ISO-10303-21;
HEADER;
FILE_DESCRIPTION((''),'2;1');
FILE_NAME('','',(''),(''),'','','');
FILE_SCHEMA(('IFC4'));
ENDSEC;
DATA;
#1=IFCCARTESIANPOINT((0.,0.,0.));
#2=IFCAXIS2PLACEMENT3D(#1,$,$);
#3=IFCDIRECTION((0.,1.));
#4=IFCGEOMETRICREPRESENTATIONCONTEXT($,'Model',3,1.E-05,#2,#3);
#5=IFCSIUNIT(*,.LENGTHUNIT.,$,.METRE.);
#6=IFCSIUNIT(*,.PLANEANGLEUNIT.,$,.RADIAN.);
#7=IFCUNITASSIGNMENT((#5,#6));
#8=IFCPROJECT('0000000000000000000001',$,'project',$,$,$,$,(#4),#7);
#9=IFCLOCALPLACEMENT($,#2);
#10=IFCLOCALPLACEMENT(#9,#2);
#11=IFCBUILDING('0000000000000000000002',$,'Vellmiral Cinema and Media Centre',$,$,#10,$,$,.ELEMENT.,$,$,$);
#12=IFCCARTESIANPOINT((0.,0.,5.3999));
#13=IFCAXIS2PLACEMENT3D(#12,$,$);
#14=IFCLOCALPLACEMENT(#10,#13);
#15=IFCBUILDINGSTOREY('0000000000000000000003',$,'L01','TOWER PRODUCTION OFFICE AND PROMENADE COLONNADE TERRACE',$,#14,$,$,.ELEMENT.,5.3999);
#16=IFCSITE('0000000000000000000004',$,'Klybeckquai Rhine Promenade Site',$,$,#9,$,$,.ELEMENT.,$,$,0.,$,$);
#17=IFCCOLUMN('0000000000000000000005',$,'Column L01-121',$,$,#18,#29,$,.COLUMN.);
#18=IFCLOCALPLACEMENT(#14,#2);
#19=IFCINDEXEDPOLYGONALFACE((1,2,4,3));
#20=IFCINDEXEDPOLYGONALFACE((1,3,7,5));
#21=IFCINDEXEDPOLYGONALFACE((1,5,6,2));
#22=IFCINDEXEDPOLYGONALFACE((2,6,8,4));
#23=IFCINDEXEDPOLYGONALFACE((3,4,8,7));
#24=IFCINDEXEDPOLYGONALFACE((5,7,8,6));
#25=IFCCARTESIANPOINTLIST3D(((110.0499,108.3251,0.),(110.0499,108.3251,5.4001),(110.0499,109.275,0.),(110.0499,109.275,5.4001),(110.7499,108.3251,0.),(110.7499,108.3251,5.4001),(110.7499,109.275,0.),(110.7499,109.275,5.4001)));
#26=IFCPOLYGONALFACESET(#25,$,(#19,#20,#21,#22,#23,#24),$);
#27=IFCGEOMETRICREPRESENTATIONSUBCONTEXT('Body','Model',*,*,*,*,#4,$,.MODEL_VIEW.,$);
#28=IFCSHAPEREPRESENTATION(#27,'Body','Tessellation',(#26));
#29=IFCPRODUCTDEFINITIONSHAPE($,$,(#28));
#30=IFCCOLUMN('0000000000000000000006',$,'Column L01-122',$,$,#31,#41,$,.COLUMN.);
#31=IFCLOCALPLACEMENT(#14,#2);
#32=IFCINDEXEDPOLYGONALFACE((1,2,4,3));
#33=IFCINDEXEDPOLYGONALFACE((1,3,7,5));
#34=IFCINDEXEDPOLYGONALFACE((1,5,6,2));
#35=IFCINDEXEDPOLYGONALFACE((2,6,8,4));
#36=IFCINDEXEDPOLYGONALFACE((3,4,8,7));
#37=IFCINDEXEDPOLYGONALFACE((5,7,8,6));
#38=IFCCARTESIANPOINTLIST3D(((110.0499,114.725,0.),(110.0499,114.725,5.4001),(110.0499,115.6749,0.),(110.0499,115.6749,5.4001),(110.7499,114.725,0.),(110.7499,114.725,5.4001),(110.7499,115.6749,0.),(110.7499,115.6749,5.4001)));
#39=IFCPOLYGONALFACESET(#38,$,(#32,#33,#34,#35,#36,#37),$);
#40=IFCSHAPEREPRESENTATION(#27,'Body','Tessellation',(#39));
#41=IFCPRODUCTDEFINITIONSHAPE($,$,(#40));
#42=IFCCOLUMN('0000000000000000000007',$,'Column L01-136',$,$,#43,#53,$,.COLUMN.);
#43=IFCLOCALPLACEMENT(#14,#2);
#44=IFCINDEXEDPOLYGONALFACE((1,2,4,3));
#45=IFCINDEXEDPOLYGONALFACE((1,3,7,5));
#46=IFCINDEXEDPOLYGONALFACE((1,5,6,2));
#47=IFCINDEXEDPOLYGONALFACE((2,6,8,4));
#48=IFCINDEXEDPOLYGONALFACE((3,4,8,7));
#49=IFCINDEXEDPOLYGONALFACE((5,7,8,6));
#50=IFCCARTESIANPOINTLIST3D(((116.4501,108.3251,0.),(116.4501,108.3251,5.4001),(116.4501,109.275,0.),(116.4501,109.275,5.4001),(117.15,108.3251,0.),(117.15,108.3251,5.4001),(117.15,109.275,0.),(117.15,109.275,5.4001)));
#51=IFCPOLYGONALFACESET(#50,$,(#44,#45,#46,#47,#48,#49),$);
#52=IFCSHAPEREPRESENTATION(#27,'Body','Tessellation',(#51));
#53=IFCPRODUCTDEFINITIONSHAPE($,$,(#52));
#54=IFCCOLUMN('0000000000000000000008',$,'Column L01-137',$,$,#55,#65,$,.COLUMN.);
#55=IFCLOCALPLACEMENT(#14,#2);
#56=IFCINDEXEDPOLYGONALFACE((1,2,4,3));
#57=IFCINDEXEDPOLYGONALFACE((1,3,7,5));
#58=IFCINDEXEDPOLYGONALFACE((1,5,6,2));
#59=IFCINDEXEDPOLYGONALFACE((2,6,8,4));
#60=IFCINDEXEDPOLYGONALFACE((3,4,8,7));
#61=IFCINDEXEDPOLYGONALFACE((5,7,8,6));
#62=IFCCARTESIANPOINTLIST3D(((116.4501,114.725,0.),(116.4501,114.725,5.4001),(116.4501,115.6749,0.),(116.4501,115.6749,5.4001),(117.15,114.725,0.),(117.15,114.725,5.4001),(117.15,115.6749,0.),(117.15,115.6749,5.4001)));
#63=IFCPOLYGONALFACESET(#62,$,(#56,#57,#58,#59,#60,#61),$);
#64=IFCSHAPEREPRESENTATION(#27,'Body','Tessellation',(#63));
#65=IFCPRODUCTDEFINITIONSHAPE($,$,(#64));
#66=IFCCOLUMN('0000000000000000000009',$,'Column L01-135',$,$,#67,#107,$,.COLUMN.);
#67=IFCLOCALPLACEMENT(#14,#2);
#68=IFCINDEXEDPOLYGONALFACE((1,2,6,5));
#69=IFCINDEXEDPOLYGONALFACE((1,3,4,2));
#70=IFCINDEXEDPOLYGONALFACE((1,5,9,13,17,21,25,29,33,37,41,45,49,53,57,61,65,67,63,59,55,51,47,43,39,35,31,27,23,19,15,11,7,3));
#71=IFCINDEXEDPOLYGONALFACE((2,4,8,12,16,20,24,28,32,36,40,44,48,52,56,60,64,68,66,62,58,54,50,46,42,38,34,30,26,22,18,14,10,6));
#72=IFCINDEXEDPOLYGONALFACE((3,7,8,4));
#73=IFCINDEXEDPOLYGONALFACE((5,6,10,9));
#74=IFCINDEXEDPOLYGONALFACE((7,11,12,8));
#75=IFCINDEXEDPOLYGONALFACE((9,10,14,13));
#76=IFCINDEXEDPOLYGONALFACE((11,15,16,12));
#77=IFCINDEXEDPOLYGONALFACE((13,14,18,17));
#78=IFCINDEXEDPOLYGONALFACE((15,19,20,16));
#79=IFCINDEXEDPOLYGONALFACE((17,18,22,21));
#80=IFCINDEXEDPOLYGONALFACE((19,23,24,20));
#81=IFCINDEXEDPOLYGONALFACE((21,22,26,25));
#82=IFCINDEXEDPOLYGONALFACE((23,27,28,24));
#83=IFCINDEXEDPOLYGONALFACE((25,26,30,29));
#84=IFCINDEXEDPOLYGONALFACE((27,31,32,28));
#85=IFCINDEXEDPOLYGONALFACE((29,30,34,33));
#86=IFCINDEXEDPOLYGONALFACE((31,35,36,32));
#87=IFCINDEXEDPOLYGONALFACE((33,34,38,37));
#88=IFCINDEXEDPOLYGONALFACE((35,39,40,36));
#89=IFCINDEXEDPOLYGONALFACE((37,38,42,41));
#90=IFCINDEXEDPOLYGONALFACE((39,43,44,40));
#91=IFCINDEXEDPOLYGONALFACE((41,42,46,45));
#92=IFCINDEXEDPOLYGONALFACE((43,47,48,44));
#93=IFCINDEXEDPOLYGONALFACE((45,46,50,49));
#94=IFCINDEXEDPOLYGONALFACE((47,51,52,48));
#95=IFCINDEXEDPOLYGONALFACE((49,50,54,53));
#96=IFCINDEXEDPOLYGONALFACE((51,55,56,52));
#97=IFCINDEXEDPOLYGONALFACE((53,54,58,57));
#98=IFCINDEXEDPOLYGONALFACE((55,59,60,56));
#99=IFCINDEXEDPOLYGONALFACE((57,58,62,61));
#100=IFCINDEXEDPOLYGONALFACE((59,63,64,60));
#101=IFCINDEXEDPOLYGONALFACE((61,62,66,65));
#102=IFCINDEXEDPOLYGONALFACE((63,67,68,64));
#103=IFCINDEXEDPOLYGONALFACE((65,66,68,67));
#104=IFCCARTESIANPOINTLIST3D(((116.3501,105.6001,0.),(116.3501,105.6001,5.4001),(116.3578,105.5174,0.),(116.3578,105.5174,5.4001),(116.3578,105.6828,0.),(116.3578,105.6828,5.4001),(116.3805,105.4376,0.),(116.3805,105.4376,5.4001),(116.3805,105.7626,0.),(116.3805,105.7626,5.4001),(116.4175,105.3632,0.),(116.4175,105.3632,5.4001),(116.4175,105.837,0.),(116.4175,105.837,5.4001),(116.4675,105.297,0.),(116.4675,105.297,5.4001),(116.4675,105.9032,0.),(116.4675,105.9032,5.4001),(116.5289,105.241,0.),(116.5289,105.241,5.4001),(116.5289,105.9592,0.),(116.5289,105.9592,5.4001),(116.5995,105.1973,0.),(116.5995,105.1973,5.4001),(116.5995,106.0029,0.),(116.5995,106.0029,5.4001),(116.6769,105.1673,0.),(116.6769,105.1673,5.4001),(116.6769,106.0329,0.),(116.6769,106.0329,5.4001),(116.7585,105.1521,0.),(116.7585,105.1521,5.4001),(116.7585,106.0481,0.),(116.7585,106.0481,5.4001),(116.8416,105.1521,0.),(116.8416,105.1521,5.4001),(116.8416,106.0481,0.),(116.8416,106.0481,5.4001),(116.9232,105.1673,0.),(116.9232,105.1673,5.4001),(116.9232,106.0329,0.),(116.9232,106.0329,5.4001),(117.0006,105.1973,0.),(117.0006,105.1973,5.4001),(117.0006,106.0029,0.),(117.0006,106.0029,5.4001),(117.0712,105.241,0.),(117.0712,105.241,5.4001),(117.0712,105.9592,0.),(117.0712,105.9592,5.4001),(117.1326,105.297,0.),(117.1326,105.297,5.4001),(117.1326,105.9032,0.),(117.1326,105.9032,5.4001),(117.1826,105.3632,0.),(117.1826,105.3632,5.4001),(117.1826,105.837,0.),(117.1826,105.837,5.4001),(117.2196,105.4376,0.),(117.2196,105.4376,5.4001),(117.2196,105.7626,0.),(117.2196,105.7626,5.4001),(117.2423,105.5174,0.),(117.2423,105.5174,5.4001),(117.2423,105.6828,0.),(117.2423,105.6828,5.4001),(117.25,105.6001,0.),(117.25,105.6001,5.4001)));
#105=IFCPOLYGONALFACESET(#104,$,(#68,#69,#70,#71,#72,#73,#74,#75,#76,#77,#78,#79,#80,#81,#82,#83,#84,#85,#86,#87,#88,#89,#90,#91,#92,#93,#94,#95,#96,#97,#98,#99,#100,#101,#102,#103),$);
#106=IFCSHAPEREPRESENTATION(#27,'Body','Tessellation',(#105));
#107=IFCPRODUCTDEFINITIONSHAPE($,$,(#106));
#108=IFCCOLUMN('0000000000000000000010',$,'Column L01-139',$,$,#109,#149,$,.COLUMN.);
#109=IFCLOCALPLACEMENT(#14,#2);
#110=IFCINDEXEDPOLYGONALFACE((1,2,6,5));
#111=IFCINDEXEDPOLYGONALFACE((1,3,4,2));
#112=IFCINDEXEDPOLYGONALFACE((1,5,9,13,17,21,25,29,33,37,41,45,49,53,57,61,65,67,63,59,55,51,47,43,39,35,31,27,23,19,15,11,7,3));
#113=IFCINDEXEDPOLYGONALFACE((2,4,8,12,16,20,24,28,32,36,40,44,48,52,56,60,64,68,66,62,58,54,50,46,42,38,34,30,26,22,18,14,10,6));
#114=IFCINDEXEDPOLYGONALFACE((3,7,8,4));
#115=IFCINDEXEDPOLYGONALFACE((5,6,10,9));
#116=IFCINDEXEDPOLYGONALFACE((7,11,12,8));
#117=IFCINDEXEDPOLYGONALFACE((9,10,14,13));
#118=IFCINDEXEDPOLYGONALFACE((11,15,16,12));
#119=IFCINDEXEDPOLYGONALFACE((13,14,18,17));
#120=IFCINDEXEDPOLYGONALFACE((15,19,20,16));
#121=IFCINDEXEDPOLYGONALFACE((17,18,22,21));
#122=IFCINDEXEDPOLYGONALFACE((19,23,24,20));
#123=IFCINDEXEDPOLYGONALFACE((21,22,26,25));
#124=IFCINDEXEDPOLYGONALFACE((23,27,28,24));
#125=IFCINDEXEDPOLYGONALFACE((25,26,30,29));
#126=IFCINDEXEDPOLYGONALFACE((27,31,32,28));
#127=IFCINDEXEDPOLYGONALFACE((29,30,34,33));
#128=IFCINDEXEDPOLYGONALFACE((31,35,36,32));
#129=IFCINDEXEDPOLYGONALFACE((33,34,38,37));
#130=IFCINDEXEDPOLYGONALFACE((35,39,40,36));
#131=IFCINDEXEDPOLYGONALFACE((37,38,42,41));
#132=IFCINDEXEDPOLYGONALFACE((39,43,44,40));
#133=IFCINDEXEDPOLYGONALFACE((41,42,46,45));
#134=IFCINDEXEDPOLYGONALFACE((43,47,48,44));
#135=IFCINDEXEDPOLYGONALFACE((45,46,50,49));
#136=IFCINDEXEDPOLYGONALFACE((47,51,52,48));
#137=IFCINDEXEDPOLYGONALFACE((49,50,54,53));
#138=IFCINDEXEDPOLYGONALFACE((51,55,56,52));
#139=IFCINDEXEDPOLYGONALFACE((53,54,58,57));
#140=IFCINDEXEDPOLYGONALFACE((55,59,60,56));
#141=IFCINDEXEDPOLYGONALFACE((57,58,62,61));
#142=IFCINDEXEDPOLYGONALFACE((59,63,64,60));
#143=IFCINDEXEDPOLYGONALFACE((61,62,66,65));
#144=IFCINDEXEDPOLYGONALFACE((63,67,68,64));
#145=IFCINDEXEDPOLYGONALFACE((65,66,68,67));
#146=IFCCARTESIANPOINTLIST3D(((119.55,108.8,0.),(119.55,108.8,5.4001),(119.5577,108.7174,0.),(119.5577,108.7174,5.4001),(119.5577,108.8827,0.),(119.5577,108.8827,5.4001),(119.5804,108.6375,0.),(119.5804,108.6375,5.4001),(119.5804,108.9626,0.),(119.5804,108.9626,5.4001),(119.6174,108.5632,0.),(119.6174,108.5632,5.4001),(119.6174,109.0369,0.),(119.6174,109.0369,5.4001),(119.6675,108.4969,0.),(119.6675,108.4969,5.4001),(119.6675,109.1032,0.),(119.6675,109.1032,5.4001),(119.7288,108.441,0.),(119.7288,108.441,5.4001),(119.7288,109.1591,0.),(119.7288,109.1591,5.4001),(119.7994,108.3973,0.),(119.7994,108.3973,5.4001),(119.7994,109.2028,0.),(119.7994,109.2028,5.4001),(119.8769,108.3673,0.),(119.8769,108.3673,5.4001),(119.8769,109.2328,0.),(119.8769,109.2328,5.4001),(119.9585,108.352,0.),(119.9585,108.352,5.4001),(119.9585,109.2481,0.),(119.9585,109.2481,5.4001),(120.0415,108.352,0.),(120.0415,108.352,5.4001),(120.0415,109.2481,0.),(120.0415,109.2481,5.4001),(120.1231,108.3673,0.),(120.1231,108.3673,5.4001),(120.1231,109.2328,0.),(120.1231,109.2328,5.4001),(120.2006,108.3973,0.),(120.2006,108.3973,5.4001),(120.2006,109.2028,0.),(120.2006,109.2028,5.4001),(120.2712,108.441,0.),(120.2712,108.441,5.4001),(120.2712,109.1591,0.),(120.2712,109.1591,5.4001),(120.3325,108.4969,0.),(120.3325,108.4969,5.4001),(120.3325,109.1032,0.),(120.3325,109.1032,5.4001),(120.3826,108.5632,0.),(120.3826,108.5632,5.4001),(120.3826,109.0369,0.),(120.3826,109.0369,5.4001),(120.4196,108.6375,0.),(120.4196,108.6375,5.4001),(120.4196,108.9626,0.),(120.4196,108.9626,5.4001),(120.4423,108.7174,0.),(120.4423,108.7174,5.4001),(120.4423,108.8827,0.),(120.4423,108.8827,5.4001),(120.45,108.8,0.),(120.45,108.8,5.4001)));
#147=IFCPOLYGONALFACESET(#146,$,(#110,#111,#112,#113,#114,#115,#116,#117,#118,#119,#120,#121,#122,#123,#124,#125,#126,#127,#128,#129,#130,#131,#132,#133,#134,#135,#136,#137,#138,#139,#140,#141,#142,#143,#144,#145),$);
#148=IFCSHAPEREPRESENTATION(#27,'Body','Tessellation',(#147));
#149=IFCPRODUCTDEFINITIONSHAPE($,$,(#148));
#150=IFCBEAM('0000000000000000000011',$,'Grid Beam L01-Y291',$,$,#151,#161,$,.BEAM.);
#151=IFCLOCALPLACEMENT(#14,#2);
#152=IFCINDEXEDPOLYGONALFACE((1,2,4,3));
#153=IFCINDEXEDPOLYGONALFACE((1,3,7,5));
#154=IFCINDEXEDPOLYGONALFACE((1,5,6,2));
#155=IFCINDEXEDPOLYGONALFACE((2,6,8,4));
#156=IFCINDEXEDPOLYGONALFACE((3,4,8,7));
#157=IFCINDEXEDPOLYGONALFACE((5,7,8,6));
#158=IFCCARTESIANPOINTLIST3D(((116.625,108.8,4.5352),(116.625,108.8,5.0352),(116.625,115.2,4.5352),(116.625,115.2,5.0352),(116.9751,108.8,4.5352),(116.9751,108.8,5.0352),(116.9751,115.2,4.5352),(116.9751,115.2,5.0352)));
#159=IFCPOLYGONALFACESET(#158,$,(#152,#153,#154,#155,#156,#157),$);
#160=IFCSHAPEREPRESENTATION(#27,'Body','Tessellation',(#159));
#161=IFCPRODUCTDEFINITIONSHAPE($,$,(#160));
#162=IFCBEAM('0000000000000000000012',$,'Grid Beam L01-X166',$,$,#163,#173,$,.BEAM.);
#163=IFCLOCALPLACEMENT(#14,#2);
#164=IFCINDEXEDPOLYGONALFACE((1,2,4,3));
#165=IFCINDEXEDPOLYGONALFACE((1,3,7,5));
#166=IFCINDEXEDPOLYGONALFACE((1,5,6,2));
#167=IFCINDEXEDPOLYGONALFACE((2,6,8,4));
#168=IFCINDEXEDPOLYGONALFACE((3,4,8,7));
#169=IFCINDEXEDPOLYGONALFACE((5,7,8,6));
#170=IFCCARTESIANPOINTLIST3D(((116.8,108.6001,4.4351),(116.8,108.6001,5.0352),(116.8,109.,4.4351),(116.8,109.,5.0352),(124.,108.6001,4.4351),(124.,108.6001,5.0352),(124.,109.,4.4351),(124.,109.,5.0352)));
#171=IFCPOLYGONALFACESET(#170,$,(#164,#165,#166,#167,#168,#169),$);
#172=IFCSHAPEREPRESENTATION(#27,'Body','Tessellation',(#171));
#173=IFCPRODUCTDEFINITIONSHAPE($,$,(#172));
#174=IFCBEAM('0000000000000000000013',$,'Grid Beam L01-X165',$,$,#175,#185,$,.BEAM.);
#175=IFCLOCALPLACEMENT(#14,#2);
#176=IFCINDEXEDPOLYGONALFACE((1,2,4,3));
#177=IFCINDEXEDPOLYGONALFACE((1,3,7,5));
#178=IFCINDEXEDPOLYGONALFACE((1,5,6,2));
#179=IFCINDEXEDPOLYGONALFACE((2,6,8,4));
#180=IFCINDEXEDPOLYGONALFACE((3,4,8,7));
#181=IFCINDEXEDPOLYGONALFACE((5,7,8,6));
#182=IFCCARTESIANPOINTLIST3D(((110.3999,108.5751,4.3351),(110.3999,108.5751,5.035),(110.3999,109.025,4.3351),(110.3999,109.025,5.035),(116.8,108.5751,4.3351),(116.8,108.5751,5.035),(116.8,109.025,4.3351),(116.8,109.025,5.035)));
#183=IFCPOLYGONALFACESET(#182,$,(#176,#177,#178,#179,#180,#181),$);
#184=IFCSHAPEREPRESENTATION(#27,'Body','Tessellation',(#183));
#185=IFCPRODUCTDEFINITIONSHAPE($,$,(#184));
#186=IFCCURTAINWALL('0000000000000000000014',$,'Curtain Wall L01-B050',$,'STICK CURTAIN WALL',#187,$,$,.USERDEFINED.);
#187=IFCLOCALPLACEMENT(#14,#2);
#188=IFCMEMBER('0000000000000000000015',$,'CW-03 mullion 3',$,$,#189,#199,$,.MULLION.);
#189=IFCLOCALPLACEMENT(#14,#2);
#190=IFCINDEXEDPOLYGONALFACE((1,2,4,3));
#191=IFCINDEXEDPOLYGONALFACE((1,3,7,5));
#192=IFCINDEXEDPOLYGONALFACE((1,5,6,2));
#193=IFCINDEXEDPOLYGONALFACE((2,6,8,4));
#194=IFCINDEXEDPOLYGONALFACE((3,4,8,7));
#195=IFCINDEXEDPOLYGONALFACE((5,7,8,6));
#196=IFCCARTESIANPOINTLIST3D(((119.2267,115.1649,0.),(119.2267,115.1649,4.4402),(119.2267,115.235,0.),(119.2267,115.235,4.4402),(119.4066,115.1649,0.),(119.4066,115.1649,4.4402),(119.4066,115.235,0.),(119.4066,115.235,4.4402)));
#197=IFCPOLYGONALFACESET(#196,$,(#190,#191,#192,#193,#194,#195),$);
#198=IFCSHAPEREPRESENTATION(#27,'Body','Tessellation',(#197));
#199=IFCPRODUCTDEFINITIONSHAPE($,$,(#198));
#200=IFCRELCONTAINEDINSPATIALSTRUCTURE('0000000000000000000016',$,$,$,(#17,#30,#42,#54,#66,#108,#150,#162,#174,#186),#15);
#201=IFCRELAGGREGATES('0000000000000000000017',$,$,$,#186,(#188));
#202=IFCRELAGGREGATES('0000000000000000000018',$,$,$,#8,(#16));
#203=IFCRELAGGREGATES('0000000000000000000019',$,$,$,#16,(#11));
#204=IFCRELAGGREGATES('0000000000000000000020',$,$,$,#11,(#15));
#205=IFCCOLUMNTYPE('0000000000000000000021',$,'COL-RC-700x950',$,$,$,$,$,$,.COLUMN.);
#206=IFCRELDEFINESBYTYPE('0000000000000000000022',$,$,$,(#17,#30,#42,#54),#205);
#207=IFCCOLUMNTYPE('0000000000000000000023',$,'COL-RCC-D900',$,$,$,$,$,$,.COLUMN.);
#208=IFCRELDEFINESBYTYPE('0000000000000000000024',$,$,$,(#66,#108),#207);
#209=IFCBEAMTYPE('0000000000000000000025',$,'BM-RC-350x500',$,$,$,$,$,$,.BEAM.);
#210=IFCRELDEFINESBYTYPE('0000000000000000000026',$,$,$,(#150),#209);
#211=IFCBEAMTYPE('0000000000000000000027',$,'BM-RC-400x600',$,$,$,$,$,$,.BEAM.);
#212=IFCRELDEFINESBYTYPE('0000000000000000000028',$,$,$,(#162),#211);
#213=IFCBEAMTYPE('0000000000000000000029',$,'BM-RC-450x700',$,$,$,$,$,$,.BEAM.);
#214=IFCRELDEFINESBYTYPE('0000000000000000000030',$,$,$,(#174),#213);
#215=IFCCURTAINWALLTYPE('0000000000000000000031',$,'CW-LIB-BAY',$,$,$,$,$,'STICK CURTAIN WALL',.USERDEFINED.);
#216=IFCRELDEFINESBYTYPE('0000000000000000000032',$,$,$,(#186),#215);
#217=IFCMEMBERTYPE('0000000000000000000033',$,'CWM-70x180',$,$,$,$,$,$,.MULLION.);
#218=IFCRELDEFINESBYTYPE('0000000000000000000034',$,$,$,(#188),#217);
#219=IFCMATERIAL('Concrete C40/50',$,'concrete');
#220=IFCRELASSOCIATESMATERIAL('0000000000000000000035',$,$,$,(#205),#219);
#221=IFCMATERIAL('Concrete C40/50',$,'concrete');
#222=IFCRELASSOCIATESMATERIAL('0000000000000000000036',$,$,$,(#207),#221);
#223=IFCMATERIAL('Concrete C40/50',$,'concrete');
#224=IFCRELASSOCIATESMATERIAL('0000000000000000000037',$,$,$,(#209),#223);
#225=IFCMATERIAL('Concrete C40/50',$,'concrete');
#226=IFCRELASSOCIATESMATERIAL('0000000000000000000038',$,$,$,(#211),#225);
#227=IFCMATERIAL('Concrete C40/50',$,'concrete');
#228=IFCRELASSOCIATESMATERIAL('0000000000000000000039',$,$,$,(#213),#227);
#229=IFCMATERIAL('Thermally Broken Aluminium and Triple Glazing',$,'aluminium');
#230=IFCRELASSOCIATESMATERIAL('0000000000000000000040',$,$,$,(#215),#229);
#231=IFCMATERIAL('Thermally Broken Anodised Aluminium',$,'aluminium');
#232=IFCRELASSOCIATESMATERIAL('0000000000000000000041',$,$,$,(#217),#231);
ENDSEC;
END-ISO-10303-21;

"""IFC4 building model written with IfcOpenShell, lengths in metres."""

from ifc_helpers import new_model, si_unit, direction, frame, origin, origin_2d, place, context, subcontext, project, spatial, rectangle, circle, extrude, material, material_profile, profile_set, type_object, element, aggregate, save


model = new_model("IFC4")

# Units and contexts
model_context = context("Model", 3, precision=1e-05, world=origin(), true_north=direction((0.0, 1.0)))
body_context = subcontext(model_context, "Body", "Model", "MODEL_VIEW")
ifc_project = project(units=[si_unit("LENGTHUNIT", "METRE"), si_unit("PLANEANGLEUNIT", "RADIAN")], contexts=[model_context])

# Site, building, storey
site_placement = place(None, origin())
site = spatial("IfcSite", under=ifc_project, at=site_placement, Name="Klybeckquai Rhine Promenade Site", CompositionType="ELEMENT", RefElevation=0.0)
building_placement = place(site_placement, origin())
building = spatial("IfcBuilding", under=site, at=building_placement, Name="Vellmiral Cinema and Media Centre", CompositionType="ELEMENT")
storey_placement = place(building_placement, frame((0.0, 0.0, 5.3999)))
storey = spatial("IfcBuildingStorey", under=building, at=storey_placement, Name="L01", Description="TOWER PRODUCTION OFFICE AND PROMENADE COLONNADE TERRACE", CompositionType="ELEMENT", Elevation=5.3999)

# Columns
ifc_material_1 = material(Name="Concrete C40/50", Category="concrete")
ifc_material_profile_1 = material_profile(ifc_material_1, rectangle(XDim=0.7, YDim=0.95, at=origin_2d()), Name="RC 700x950")
ifc_profile_set_1 = profile_set([ifc_material_profile_1], Name="Concrete C40/50")
column_type_1 = type_object("IfcColumnType", Name="COL-RC-700x950", PredefinedType="COLUMN", material=ifc_profile_set_1)
for number, where, z_axis, x_axis, name in (
    (1, (110.3999, 108.8, 0.0), (0.0, 0.0, 1.0), (1.0, 0.0, 0.0), "Column L01-121"),
    (2, (110.3999, 115.2, 0.0), (0.0, 0.0, 1.0), (1.0, 0.0, 0.0), "Column L01-122"),
    (3, (116.8, 108.8, 0.0), (0.0, 0.0, 1.0), (1.0, 0.0, 0.0), "Column L01-136"),
    (4, (116.8, 115.2, 0.0), (0.0, 0.0, 1.0), (1.0, 0.0, 0.0), "Column L01-137"),
):
    element("IfcColumn", number, at=place(storey_placement, frame(where, z_axis=z_axis, x_axis=x_axis)), inside=storey, type_object=column_type_1, Name=name, PredefinedType="COLUMN", context=body_context, shape_type="SweptSolid", body=[
        extrude(rectangle(XDim=0.7, YDim=0.95, at=origin_2d()), origin(), (0.0, 0.0, 1.0), 5.4001),
    ])
ifc_material_2 = material(Name="Concrete C40/50", Category="concrete")
ifc_material_profile_2 = material_profile(ifc_material_2, circle(Radius=0.45, at=origin_2d()), Name="RC D900")
ifc_profile_set_2 = profile_set([ifc_material_profile_2], Name="Concrete C40/50")
column_type_2 = type_object("IfcColumnType", Name="COL-RCC-D900", PredefinedType="COLUMN", material=ifc_profile_set_2)
for number, where, z_axis, x_axis, name in (
    (5, (116.8, 105.6001, 0.0), (0.0, 0.0, 1.0), (1.0, 0.0, 0.0), "Column L01-135"),
    (6, (120.0, 108.8, 0.0), (0.0, 0.0, 1.0), (1.0, 0.0, 0.0), "Column L01-139"),
):
    element("IfcColumn", number, at=place(storey_placement, frame(where, z_axis=z_axis, x_axis=x_axis)), inside=storey, type_object=column_type_2, Name=name, PredefinedType="COLUMN", context=body_context, shape_type="SweptSolid", body=[
        extrude(circle(Radius=0.45, at=origin_2d()), origin(), (0.0, 0.0, 1.0), 5.4001),
    ])

# Beams
ifc_material_3 = material(Name="Concrete C40/50", Category="concrete")
ifc_material_profile_3 = material_profile(ifc_material_3, rectangle(XDim=0.3501, YDim=0.5, at=origin_2d()), Name="RC 350x500")
ifc_profile_set_3 = profile_set([ifc_material_profile_3], Name="Concrete C40/50")
beam_type_1 = type_object("IfcBeamType", Name="BM-RC-350x500", PredefinedType="BEAM", material=ifc_profile_set_3)
beam_1_placement = place(storey_placement, frame((116.8, 108.8, 4.7852), z_axis=(0.0, 1.0, 0.0), x_axis=(-1.0, 0.0, 0.0)))
element("IfcBeam", 7, at=beam_1_placement, inside=storey, type_object=beam_type_1, Name="Grid Beam L01-Y291", PredefinedType="BEAM", context=body_context, shape_type="SweptSolid", body=[
    extrude(rectangle(XDim=0.3501, YDim=0.5, at=origin_2d()), origin(), (0.0, 0.0, 1.0), 6.3999),
])
ifc_material_4 = material(Name="Concrete C40/50", Category="concrete")
ifc_material_profile_4 = material_profile(ifc_material_4, rectangle(XDim=0.3999, YDim=0.6001, at=origin_2d()), Name="RC 400x600")
ifc_profile_set_4 = profile_set([ifc_material_profile_4], Name="Concrete C40/50")
beam_type_2 = type_object("IfcBeamType", Name="BM-RC-400x600", PredefinedType="BEAM", material=ifc_profile_set_4)
beam_2_placement = place(storey_placement, frame((116.8, 108.8, 4.7351), z_axis=(1.0, 0.0, 0.0), x_axis=(0.0, 1.0, 0.0)))
element("IfcBeam", 8, at=beam_2_placement, inside=storey, type_object=beam_type_2, Name="Grid Beam L01-X166", PredefinedType="BEAM", context=body_context, shape_type="SweptSolid", body=[
    extrude(rectangle(XDim=0.3999, YDim=0.6001, at=origin_2d()), origin(), (0.0, 0.0, 1.0), 7.2),
])
ifc_material_5 = material(Name="Concrete C40/50", Category="concrete")
ifc_material_profile_5 = material_profile(ifc_material_5, rectangle(XDim=0.45, YDim=0.7, at=origin_2d()), Name="RC 450x700")
ifc_profile_set_5 = profile_set([ifc_material_profile_5], Name="Concrete C40/50")
beam_type_3 = type_object("IfcBeamType", Name="BM-RC-450x700", PredefinedType="BEAM", material=ifc_profile_set_5)
beam_3_placement = place(storey_placement, frame((110.3999, 108.8, 4.6851), z_axis=(1.0, 0.0, 0.0), x_axis=(0.0, 1.0, 0.0)))
element("IfcBeam", 9, at=beam_3_placement, inside=storey, type_object=beam_type_3, Name="Grid Beam L01-X165", PredefinedType="BEAM", context=body_context, shape_type="SweptSolid", body=[
    extrude(rectangle(XDim=0.45, YDim=0.7, at=origin_2d()), origin(), (0.0, 0.0, 1.0), 6.4001),
])

# Curtain wall, member
ifc_material_6 = material(Name="Thermally Broken Aluminium and Triple Glazing", Category="aluminium")
curtain_wall_type = type_object("IfcCurtainWallType", Name="CW-LIB-BAY", ElementType="STICK CURTAIN WALL", PredefinedType="USERDEFINED", material=ifc_material_6)
curtain_wall_1_placement = place(storey_placement, origin())
curtain_wall_1 = element("IfcCurtainWall", 10, at=curtain_wall_1_placement, inside=storey, type_object=curtain_wall_type, Name="Curtain Wall L01-B050", ObjectType="STICK CURTAIN WALL", PredefinedType="USERDEFINED")
ifc_material_7 = material(Name="Thermally Broken Anodised Aluminium", Category="aluminium")
ifc_material_profile_6 = material_profile(ifc_material_7, rectangle(XDim=0.0701, YDim=0.1799, at=origin_2d()), Name="MULL 70x180")
ifc_profile_set_6 = profile_set([ifc_material_profile_6], Name="Thermally Broken Anodised Aluminium")
member_type_1 = type_object("IfcMemberType", Name="CWM-70x180", PredefinedType="MULLION", material=ifc_profile_set_6)
member_1_placement = place(storey_placement, frame((119.3167, 115.2, 0.0), z_axis=(0.0, 0.0, 1.0), x_axis=(0.0, -1.0, 0.0)))
member_1 = element("IfcMember", 11, at=member_1_placement, type_object=member_type_1, Name="CW-03 mullion 3", PredefinedType="MULLION", context=body_context, shape_type="SweptSolid", body=[
    extrude(rectangle(XDim=0.0701, YDim=0.1799, at=origin_2d()), origin(), (0.0, 0.0, 1.0), 4.4402),
])

aggregate(curtain_wall_1, [member_1])

save(model, "model.ifc")
